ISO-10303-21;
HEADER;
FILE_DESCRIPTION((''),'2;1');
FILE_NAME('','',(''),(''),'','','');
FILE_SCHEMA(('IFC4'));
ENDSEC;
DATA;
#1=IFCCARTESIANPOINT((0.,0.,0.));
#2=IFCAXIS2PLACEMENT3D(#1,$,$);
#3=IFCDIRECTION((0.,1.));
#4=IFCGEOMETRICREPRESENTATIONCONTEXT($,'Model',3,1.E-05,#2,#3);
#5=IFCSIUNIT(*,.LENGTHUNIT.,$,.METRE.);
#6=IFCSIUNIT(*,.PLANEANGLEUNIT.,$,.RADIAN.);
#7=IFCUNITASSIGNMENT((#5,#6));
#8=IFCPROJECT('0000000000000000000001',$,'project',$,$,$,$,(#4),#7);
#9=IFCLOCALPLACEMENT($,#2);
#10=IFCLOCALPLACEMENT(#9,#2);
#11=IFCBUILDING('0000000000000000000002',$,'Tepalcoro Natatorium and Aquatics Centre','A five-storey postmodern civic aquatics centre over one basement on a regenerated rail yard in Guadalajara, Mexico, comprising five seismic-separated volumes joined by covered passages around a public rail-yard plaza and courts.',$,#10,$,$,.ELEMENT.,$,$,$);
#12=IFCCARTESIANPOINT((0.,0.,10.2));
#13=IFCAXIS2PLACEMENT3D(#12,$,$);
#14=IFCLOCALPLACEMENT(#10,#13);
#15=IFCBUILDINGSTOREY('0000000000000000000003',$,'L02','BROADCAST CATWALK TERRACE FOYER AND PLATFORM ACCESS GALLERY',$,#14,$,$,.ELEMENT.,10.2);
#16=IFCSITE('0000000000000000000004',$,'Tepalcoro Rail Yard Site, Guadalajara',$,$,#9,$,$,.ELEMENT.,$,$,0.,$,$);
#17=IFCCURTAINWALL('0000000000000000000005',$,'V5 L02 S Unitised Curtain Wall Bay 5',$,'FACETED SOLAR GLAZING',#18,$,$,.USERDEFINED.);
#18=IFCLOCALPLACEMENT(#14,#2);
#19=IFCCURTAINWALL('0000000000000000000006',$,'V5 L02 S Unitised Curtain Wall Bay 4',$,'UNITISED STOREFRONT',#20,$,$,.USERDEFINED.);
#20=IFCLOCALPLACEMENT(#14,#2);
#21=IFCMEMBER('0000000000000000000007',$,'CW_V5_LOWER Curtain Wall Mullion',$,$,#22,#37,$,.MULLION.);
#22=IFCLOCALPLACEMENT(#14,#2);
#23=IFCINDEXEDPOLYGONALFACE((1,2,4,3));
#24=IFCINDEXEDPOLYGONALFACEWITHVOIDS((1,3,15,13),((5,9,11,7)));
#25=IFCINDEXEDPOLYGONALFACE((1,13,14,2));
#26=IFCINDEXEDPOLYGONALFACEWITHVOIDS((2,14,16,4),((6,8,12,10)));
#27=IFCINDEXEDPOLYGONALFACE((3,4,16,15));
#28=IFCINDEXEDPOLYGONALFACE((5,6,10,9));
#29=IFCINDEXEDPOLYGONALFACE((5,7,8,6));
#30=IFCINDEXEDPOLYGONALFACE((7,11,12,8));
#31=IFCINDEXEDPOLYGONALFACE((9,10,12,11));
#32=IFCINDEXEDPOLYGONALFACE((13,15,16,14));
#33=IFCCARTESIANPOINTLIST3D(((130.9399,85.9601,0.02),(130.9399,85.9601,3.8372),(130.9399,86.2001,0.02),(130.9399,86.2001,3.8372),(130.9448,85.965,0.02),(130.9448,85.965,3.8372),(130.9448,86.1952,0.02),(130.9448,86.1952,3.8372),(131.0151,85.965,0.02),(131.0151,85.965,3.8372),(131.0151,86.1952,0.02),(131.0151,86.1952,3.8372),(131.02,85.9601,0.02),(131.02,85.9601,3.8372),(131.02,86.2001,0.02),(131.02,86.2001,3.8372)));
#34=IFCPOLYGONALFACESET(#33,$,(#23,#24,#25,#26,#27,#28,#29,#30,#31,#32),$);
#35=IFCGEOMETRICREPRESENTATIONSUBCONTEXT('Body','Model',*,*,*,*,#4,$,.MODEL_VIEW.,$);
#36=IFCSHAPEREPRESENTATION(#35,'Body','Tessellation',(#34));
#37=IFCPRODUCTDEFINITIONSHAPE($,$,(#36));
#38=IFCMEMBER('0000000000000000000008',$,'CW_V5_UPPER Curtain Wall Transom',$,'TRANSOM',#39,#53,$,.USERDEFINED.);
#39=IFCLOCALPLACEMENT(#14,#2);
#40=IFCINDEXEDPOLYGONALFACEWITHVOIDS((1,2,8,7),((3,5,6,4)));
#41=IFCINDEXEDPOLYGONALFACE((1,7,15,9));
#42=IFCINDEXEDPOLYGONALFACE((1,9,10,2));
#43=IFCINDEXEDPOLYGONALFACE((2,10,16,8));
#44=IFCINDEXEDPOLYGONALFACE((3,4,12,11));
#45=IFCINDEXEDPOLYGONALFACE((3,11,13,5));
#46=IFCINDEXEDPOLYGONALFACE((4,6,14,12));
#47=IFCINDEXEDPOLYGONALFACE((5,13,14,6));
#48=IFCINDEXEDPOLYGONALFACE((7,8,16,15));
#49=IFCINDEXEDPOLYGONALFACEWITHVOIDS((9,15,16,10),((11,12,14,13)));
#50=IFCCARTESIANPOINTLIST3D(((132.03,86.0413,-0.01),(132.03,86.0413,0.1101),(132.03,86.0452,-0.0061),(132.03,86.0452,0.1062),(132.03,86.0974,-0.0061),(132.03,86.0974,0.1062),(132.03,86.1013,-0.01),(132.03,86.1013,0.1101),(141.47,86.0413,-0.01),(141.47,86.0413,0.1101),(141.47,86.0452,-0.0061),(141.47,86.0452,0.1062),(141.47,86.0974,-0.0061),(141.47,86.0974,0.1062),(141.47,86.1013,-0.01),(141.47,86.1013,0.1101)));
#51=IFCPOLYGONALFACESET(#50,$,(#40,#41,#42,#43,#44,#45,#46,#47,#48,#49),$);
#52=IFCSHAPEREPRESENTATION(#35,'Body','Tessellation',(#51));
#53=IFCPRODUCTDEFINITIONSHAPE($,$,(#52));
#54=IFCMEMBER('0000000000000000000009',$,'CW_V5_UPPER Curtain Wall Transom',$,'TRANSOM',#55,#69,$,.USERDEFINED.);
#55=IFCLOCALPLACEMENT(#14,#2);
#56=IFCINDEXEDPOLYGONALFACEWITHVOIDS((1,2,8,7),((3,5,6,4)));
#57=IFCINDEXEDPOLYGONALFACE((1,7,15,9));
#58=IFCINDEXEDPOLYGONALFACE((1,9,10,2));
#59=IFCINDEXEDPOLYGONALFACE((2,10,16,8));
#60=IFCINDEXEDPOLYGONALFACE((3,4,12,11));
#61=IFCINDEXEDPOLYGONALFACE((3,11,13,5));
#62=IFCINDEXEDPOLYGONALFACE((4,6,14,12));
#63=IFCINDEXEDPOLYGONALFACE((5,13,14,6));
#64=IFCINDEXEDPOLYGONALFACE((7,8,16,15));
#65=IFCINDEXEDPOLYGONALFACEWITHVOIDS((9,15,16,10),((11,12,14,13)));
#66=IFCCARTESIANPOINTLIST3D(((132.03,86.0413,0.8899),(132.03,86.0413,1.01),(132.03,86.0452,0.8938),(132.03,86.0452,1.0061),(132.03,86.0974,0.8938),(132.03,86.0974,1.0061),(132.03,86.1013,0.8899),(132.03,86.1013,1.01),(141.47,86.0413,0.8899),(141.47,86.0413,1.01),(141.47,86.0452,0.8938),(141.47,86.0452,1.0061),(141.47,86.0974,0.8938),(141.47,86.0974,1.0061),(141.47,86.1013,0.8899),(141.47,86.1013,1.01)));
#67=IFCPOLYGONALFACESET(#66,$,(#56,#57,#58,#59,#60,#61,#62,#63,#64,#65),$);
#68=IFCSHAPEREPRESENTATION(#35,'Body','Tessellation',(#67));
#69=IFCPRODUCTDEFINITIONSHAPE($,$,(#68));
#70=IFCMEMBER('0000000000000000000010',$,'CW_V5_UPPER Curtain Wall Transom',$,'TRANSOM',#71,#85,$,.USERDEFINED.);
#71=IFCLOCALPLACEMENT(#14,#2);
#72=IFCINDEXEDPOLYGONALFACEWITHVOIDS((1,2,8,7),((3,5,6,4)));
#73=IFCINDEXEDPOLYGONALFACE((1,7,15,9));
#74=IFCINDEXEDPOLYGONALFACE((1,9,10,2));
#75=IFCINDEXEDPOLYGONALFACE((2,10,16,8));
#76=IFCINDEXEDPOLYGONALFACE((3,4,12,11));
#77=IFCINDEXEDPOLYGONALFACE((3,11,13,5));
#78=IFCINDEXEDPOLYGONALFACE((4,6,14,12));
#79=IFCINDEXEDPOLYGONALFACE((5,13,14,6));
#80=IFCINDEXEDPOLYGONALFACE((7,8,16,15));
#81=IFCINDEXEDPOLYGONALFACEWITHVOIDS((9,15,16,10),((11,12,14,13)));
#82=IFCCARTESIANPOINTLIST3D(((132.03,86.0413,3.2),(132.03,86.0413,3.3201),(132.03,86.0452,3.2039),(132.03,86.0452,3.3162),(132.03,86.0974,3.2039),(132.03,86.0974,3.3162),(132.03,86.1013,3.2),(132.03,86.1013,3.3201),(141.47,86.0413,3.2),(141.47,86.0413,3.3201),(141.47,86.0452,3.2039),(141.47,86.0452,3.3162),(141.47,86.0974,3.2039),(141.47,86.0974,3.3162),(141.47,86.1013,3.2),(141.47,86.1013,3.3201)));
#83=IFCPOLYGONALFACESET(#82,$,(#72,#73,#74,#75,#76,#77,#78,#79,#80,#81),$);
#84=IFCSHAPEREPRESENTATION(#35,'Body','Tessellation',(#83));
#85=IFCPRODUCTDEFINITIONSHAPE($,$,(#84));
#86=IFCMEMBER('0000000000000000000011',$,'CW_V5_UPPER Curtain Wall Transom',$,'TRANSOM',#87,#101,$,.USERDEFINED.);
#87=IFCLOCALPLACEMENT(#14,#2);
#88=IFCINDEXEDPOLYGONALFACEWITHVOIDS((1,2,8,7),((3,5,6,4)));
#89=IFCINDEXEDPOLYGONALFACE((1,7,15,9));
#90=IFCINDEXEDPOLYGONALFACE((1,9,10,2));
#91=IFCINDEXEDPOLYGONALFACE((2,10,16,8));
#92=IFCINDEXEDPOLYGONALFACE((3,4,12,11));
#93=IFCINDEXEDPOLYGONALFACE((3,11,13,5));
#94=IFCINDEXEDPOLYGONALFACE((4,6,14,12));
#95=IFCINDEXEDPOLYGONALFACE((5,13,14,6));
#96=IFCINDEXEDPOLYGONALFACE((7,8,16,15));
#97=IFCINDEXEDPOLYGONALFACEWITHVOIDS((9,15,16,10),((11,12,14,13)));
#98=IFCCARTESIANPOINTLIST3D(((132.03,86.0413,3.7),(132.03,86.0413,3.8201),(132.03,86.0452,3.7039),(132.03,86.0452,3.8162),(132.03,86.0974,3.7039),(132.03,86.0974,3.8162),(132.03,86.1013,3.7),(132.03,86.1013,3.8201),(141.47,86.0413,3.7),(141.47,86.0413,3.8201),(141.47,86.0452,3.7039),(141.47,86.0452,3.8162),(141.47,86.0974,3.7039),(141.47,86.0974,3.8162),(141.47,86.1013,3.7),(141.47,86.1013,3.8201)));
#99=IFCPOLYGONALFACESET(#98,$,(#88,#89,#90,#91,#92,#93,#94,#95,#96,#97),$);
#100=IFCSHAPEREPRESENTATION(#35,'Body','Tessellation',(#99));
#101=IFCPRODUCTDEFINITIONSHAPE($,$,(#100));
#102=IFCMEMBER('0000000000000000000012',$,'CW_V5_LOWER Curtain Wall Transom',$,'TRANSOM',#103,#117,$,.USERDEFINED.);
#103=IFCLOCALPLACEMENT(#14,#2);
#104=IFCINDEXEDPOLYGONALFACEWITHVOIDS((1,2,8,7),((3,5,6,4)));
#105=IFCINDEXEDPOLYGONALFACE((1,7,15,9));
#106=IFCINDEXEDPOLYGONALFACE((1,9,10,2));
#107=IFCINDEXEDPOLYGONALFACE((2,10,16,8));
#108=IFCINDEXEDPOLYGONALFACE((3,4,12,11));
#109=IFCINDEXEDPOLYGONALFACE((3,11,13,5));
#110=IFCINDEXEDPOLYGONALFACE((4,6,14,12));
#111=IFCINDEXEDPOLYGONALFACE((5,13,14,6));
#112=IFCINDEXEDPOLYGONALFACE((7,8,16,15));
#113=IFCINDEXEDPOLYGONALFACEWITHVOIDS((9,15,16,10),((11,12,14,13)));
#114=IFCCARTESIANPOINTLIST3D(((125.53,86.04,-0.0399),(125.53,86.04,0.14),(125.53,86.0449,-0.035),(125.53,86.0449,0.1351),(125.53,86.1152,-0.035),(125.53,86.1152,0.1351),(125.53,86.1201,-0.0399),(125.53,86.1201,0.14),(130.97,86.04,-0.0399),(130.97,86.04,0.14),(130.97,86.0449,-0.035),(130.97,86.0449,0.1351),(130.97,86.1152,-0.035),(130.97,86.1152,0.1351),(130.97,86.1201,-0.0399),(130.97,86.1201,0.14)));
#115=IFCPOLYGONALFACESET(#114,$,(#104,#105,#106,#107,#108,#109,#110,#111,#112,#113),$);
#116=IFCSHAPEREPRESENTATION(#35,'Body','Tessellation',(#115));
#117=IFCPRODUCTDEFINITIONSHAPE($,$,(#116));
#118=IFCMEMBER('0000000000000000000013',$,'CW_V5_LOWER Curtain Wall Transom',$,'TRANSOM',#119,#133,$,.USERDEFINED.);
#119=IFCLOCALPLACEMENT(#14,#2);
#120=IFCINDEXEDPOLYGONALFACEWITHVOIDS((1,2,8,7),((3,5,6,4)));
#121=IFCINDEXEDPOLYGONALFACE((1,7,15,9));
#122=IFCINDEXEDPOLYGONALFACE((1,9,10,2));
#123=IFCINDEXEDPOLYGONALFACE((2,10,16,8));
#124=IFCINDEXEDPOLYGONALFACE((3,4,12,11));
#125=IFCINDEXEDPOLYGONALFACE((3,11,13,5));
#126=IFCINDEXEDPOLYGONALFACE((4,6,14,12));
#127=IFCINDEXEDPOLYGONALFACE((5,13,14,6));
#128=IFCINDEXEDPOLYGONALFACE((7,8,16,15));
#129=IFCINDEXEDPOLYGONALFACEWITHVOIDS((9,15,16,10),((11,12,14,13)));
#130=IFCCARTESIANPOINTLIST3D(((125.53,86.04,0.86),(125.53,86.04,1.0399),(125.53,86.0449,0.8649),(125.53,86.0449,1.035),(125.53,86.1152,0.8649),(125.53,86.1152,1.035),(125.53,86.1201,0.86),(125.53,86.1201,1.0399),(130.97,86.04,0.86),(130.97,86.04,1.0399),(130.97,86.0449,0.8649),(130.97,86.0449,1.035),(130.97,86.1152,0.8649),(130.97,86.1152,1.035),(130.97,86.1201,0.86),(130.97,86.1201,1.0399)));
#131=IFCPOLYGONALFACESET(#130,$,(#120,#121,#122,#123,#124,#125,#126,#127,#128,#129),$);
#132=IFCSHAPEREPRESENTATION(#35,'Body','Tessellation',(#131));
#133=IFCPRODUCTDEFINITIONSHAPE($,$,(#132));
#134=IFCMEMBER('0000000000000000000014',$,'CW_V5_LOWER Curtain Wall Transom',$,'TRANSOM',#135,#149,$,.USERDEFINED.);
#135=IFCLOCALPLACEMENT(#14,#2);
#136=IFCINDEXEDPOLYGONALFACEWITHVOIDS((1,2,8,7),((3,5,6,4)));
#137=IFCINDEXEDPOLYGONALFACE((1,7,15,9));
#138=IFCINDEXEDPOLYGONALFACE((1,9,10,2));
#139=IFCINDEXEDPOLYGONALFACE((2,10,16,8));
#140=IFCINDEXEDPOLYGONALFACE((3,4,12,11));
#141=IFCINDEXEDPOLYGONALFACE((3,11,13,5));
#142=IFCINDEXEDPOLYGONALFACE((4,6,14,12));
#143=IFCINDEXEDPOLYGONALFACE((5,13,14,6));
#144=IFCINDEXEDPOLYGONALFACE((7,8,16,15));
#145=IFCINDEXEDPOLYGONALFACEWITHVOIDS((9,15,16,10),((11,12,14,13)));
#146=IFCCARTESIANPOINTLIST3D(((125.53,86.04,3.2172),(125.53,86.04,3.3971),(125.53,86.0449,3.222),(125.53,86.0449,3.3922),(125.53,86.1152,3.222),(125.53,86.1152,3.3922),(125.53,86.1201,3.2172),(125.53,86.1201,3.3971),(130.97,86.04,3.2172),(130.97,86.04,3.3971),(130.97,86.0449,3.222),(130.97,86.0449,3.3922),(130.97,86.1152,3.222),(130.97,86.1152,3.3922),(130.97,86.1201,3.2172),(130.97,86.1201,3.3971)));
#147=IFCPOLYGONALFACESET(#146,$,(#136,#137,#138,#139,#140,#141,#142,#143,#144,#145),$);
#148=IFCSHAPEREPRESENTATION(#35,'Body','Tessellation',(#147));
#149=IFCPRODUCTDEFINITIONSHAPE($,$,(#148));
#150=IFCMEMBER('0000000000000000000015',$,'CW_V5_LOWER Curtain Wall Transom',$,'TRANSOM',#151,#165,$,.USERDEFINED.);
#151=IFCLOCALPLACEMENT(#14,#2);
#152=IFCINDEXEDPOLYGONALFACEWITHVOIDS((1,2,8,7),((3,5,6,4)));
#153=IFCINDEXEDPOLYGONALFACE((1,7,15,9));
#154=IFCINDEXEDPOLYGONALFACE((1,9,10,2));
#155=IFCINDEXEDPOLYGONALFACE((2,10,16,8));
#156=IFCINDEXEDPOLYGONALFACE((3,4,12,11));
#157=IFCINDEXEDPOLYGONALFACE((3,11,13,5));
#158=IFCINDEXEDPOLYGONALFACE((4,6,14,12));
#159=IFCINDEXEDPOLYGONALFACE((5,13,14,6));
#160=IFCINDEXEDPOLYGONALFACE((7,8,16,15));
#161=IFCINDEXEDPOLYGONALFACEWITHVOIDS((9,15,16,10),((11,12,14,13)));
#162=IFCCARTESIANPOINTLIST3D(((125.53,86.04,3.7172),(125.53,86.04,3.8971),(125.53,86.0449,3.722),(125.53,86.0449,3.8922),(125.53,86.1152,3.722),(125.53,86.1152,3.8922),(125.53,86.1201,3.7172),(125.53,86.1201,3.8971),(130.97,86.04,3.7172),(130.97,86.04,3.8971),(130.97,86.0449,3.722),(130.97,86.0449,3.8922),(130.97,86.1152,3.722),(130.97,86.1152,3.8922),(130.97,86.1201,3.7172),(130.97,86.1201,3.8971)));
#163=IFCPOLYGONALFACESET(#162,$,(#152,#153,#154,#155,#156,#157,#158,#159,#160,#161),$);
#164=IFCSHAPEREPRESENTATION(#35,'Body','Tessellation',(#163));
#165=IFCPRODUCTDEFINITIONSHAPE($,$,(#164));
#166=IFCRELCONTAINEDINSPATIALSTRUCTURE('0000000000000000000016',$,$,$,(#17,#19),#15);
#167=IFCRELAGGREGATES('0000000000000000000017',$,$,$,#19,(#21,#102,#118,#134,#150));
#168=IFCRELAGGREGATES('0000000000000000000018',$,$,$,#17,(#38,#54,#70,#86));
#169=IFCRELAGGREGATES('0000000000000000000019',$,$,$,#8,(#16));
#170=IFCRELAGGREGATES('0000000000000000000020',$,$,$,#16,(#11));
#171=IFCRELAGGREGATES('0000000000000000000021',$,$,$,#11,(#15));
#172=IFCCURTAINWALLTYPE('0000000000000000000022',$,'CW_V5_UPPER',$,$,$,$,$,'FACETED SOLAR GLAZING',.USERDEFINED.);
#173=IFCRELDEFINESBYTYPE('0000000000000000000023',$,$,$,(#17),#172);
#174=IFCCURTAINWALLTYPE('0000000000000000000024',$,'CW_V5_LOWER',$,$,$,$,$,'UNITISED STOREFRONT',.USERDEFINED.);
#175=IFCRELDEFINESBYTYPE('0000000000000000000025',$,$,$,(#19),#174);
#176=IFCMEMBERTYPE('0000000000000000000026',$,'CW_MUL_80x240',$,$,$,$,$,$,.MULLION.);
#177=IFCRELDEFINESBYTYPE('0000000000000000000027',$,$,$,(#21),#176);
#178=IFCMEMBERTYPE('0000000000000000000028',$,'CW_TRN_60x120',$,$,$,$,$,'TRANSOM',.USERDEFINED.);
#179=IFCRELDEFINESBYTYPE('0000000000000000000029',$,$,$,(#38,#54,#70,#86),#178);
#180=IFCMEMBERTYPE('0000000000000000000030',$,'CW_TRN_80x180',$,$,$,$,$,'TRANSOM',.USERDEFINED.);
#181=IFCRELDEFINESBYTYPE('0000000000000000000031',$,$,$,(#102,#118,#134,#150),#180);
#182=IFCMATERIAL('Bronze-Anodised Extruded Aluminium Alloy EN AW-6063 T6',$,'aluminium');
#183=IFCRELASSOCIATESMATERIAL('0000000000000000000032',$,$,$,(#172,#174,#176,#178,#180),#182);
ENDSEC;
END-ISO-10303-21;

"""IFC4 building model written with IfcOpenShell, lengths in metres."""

from ifc_helpers import new_model, si_unit, direction, frame, origin, origin_2d, place, context, subcontext, project, spatial, hollow_rectangle, extrude, material, material_profile, profile_set, type_object, element, aggregate, save


model = new_model("IFC4")

# Units and contexts
model_context = context("Model", 3, precision=1e-05, world=origin(), true_north=direction((0.0, 1.0)))
body_context = subcontext(model_context, "Body", "Model", "MODEL_VIEW")
ifc_project = project(units=[si_unit("LENGTHUNIT", "METRE"), si_unit("PLANEANGLEUNIT", "RADIAN")], contexts=[model_context])

# Site, building, storey
site_placement = place(None, origin())
site = spatial("IfcSite", under=ifc_project, at=site_placement, Name="Tepalcoro Rail Yard Site, Guadalajara", CompositionType="ELEMENT", RefElevation=0.0)
building_placement = place(site_placement, origin())
building = spatial("IfcBuilding", under=site, at=building_placement, Name="Tepalcoro Natatorium and Aquatics Centre", Description="A five-storey postmodern civic aquatics centre over one basement on a regenerated rail yard in Guadalajara, Mexico, comprising five seismic-separated volumes joined by covered passages around a public rail-yard plaza and courts.", CompositionType="ELEMENT")
storey_placement = place(building_placement, frame((0.0, 0.0, 10.2)))
storey = spatial("IfcBuildingStorey", under=building, at=storey_placement, Name="L02", Description="BROADCAST CATWALK TERRACE FOYER AND PLATFORM ACCESS GALLERY", CompositionType="ELEMENT", Elevation=10.2)

# Curtain walls, member
ifc_material_1 = material(Name="Bronze-Anodised Extruded Aluminium Alloy EN AW-6063 T6", Category="aluminium")
curtain_wall_type_1 = type_object("IfcCurtainWallType", Name="CW_V5_UPPER", ElementType="FACETED SOLAR GLAZING", PredefinedType="USERDEFINED", material=ifc_material_1)
curtain_wall_1_placement = place(storey_placement, origin())
curtain_wall_1 = element("IfcCurtainWall", 1, at=curtain_wall_1_placement, inside=storey, type_object=curtain_wall_type_1, Name="V5 L02 S Unitised Curtain Wall Bay 5", ObjectType="FACETED SOLAR GLAZING", PredefinedType="USERDEFINED")
curtain_wall_type_2 = type_object("IfcCurtainWallType", Name="CW_V5_LOWER", ElementType="UNITISED STOREFRONT", PredefinedType="USERDEFINED", material=ifc_material_1)
curtain_wall_2_placement = place(storey_placement, origin())
curtain_wall_2 = element("IfcCurtainWall", 2, at=curtain_wall_2_placement, inside=storey, type_object=curtain_wall_type_2, Name="V5 L02 S Unitised Curtain Wall Bay 4", ObjectType="UNITISED STOREFRONT", PredefinedType="USERDEFINED")
ifc_material_profile_1 = material_profile(ifc_material_1, hollow_rectangle(XDim=0.0801, YDim=0.24, WallThickness=0.0049, at=origin_2d()), Name="AL80X240X5")
ifc_profile_set_1 = profile_set([ifc_material_profile_1], Name="Bronze-Anodised Extruded Aluminium Alloy EN AW-6063 T6")
member_type_1 = type_object("IfcMemberType", Name="CW_MUL_80x240", PredefinedType="MULLION", material=ifc_profile_set_1)
member_1_placement = place(storey_placement, frame((130.98, 86.0801, 0.02), z_axis=(0.0, 0.0, 1.0), x_axis=(1.0, 0.0, 0.0)))
member_1 = element("IfcMember", 3, at=member_1_placement, type_object=member_type_1, Name="CW_V5_LOWER Curtain Wall Mullion", PredefinedType="MULLION", context=body_context, shape_type="SweptSolid", body=[
    extrude(hollow_rectangle(XDim=0.0801, YDim=0.24, WallThickness=0.0049, at=origin_2d()), origin(), (0.0, 0.0, 1.0), 3.8171),
])

# Members
ifc_material_profile_2 = material_profile(ifc_material_1, hollow_rectangle(XDim=0.0601, YDim=0.1201, WallThickness=0.0039, at=origin_2d()), Name="AL60X120X4")
ifc_profile_set_2 = profile_set([ifc_material_profile_2], Name="Bronze-Anodised Extruded Aluminium Alloy EN AW-6063 T6")
member_type_2 = type_object("IfcMemberType", Name="CW_TRN_60x120", ElementType="TRANSOM", PredefinedType="USERDEFINED", material=ifc_profile_set_2)
member_2_placement = place(storey_placement, frame((132.03, 86.0713, 0.05), z_axis=(1.0, 0.0, 0.0), x_axis=(0.0, 1.0, 0.0)))
member_2 = element("IfcMember", 4, at=member_2_placement, type_object=member_type_2, Name="CW_V5_UPPER Curtain Wall Transom", ObjectType="TRANSOM", PredefinedType="USERDEFINED", context=body_context, shape_type="SweptSolid", body=[
    extrude(hollow_rectangle(XDim=0.0601, YDim=0.1201, WallThickness=0.0039, at=origin_2d()), origin(), (0.0, 0.0, 1.0), 9.4399),
])
member_3_placement = place(storey_placement, frame((132.03, 86.0713, 0.95), z_axis=(1.0, 0.0, 0.0), x_axis=(0.0, 1.0, 0.0)))
member_3 = element("IfcMember", 5, at=member_3_placement, type_object=member_type_2, Name="CW_V5_UPPER Curtain Wall Transom", ObjectType="TRANSOM", PredefinedType="USERDEFINED", context=body_context, shape_type="SweptSolid", body=[
    extrude(hollow_rectangle(XDim=0.0601, YDim=0.1201, WallThickness=0.0039, at=origin_2d()), origin(), (0.0, 0.0, 1.0), 9.4399),
])
member_4_placement = place(storey_placement, frame((132.03, 86.0713, 3.26), z_axis=(1.0, 0.0, 0.0), x_axis=(0.0, 1.0, 0.0)))
member_4 = element("IfcMember", 6, at=member_4_placement, type_object=member_type_2, Name="CW_V5_UPPER Curtain Wall Transom", ObjectType="TRANSOM", PredefinedType="USERDEFINED", context=body_context, shape_type="SweptSolid", body=[
    extrude(hollow_rectangle(XDim=0.0601, YDim=0.1201, WallThickness=0.0039, at=origin_2d()), origin(), (0.0, 0.0, 1.0), 9.4399),
])
member_5_placement = place(storey_placement, frame((132.03, 86.0713, 3.76), z_axis=(1.0, 0.0, 0.0), x_axis=(0.0, 1.0, 0.0)))
member_5 = element("IfcMember", 7, at=member_5_placement, type_object=member_type_2, Name="CW_V5_UPPER Curtain Wall Transom", ObjectType="TRANSOM", PredefinedType="USERDEFINED", context=body_context, shape_type="SweptSolid", body=[
    extrude(hollow_rectangle(XDim=0.0601, YDim=0.1201, WallThickness=0.0039, at=origin_2d()), origin(), (0.0, 0.0, 1.0), 9.4399),
])
ifc_material_profile_3 = material_profile(ifc_material_1, hollow_rectangle(XDim=0.0801, YDim=0.1799, WallThickness=0.0049, at=origin_2d()), Name="AL80X180X5")
ifc_profile_set_3 = profile_set([ifc_material_profile_3], Name="Bronze-Anodised Extruded Aluminium Alloy EN AW-6063 T6")
member_type_3 = type_object("IfcMemberType", Name="CW_TRN_80x180", ElementType="TRANSOM", PredefinedType="USERDEFINED", material=ifc_profile_set_3)
member_6_placement = place(storey_placement, frame((125.53, 86.0801, 0.05), z_axis=(1.0, 0.0, 0.0), x_axis=(0.0, 1.0, 0.0)))
member_6 = element("IfcMember", 8, at=member_6_placement, type_object=member_type_3, Name="CW_V5_LOWER Curtain Wall Transom", ObjectType="TRANSOM", PredefinedType="USERDEFINED", context=body_context, shape_type="SweptSolid", body=[
    extrude(hollow_rectangle(XDim=0.0801, YDim=0.1799, WallThickness=0.0049, at=origin_2d()), origin(), (0.0, 0.0, 1.0), 5.4399),
])
member_7_placement = place(storey_placement, frame((125.53, 86.0801, 0.95), z_axis=(1.0, 0.0, 0.0), x_axis=(0.0, 1.0, 0.0)))
member_7 = element("IfcMember", 9, at=member_7_placement, type_object=member_type_3, Name="CW_V5_LOWER Curtain Wall Transom", ObjectType="TRANSOM", PredefinedType="USERDEFINED", context=body_context, shape_type="SweptSolid", body=[
    extrude(hollow_rectangle(XDim=0.0801, YDim=0.1799, WallThickness=0.0049, at=origin_2d()), origin(), (0.0, 0.0, 1.0), 5.4399),
])
member_8_placement = place(storey_placement, frame((125.53, 86.0801, 3.3071), z_axis=(1.0, 0.0, 0.0), x_axis=(0.0, 1.0, 0.0)))
member_8 = element("IfcMember", 10, at=member_8_placement, type_object=member_type_3, Name="CW_V5_LOWER Curtain Wall Transom", ObjectType="TRANSOM", PredefinedType="USERDEFINED", context=body_context, shape_type="SweptSolid", body=[
    extrude(hollow_rectangle(XDim=0.0801, YDim=0.1799, WallThickness=0.0049, at=origin_2d()), origin(), (0.0, 0.0, 1.0), 5.4399),
])
member_9_placement = place(storey_placement, frame((125.53, 86.0801, 3.8071), z_axis=(1.0, 0.0, 0.0), x_axis=(0.0, 1.0, 0.0)))
member_9 = element("IfcMember", 11, at=member_9_placement, type_object=member_type_3, Name="CW_V5_LOWER Curtain Wall Transom", ObjectType="TRANSOM", PredefinedType="USERDEFINED", context=body_context, shape_type="SweptSolid", body=[
    extrude(hollow_rectangle(XDim=0.0801, YDim=0.1799, WallThickness=0.0049, at=origin_2d()), origin(), (0.0, 0.0, 1.0), 5.4399),
])

aggregate(curtain_wall_2, [member_1, member_6, member_7, member_8, member_9])
aggregate(curtain_wall_1, [member_2, member_3, member_4, member_5])

save(model, "model.ifc")
